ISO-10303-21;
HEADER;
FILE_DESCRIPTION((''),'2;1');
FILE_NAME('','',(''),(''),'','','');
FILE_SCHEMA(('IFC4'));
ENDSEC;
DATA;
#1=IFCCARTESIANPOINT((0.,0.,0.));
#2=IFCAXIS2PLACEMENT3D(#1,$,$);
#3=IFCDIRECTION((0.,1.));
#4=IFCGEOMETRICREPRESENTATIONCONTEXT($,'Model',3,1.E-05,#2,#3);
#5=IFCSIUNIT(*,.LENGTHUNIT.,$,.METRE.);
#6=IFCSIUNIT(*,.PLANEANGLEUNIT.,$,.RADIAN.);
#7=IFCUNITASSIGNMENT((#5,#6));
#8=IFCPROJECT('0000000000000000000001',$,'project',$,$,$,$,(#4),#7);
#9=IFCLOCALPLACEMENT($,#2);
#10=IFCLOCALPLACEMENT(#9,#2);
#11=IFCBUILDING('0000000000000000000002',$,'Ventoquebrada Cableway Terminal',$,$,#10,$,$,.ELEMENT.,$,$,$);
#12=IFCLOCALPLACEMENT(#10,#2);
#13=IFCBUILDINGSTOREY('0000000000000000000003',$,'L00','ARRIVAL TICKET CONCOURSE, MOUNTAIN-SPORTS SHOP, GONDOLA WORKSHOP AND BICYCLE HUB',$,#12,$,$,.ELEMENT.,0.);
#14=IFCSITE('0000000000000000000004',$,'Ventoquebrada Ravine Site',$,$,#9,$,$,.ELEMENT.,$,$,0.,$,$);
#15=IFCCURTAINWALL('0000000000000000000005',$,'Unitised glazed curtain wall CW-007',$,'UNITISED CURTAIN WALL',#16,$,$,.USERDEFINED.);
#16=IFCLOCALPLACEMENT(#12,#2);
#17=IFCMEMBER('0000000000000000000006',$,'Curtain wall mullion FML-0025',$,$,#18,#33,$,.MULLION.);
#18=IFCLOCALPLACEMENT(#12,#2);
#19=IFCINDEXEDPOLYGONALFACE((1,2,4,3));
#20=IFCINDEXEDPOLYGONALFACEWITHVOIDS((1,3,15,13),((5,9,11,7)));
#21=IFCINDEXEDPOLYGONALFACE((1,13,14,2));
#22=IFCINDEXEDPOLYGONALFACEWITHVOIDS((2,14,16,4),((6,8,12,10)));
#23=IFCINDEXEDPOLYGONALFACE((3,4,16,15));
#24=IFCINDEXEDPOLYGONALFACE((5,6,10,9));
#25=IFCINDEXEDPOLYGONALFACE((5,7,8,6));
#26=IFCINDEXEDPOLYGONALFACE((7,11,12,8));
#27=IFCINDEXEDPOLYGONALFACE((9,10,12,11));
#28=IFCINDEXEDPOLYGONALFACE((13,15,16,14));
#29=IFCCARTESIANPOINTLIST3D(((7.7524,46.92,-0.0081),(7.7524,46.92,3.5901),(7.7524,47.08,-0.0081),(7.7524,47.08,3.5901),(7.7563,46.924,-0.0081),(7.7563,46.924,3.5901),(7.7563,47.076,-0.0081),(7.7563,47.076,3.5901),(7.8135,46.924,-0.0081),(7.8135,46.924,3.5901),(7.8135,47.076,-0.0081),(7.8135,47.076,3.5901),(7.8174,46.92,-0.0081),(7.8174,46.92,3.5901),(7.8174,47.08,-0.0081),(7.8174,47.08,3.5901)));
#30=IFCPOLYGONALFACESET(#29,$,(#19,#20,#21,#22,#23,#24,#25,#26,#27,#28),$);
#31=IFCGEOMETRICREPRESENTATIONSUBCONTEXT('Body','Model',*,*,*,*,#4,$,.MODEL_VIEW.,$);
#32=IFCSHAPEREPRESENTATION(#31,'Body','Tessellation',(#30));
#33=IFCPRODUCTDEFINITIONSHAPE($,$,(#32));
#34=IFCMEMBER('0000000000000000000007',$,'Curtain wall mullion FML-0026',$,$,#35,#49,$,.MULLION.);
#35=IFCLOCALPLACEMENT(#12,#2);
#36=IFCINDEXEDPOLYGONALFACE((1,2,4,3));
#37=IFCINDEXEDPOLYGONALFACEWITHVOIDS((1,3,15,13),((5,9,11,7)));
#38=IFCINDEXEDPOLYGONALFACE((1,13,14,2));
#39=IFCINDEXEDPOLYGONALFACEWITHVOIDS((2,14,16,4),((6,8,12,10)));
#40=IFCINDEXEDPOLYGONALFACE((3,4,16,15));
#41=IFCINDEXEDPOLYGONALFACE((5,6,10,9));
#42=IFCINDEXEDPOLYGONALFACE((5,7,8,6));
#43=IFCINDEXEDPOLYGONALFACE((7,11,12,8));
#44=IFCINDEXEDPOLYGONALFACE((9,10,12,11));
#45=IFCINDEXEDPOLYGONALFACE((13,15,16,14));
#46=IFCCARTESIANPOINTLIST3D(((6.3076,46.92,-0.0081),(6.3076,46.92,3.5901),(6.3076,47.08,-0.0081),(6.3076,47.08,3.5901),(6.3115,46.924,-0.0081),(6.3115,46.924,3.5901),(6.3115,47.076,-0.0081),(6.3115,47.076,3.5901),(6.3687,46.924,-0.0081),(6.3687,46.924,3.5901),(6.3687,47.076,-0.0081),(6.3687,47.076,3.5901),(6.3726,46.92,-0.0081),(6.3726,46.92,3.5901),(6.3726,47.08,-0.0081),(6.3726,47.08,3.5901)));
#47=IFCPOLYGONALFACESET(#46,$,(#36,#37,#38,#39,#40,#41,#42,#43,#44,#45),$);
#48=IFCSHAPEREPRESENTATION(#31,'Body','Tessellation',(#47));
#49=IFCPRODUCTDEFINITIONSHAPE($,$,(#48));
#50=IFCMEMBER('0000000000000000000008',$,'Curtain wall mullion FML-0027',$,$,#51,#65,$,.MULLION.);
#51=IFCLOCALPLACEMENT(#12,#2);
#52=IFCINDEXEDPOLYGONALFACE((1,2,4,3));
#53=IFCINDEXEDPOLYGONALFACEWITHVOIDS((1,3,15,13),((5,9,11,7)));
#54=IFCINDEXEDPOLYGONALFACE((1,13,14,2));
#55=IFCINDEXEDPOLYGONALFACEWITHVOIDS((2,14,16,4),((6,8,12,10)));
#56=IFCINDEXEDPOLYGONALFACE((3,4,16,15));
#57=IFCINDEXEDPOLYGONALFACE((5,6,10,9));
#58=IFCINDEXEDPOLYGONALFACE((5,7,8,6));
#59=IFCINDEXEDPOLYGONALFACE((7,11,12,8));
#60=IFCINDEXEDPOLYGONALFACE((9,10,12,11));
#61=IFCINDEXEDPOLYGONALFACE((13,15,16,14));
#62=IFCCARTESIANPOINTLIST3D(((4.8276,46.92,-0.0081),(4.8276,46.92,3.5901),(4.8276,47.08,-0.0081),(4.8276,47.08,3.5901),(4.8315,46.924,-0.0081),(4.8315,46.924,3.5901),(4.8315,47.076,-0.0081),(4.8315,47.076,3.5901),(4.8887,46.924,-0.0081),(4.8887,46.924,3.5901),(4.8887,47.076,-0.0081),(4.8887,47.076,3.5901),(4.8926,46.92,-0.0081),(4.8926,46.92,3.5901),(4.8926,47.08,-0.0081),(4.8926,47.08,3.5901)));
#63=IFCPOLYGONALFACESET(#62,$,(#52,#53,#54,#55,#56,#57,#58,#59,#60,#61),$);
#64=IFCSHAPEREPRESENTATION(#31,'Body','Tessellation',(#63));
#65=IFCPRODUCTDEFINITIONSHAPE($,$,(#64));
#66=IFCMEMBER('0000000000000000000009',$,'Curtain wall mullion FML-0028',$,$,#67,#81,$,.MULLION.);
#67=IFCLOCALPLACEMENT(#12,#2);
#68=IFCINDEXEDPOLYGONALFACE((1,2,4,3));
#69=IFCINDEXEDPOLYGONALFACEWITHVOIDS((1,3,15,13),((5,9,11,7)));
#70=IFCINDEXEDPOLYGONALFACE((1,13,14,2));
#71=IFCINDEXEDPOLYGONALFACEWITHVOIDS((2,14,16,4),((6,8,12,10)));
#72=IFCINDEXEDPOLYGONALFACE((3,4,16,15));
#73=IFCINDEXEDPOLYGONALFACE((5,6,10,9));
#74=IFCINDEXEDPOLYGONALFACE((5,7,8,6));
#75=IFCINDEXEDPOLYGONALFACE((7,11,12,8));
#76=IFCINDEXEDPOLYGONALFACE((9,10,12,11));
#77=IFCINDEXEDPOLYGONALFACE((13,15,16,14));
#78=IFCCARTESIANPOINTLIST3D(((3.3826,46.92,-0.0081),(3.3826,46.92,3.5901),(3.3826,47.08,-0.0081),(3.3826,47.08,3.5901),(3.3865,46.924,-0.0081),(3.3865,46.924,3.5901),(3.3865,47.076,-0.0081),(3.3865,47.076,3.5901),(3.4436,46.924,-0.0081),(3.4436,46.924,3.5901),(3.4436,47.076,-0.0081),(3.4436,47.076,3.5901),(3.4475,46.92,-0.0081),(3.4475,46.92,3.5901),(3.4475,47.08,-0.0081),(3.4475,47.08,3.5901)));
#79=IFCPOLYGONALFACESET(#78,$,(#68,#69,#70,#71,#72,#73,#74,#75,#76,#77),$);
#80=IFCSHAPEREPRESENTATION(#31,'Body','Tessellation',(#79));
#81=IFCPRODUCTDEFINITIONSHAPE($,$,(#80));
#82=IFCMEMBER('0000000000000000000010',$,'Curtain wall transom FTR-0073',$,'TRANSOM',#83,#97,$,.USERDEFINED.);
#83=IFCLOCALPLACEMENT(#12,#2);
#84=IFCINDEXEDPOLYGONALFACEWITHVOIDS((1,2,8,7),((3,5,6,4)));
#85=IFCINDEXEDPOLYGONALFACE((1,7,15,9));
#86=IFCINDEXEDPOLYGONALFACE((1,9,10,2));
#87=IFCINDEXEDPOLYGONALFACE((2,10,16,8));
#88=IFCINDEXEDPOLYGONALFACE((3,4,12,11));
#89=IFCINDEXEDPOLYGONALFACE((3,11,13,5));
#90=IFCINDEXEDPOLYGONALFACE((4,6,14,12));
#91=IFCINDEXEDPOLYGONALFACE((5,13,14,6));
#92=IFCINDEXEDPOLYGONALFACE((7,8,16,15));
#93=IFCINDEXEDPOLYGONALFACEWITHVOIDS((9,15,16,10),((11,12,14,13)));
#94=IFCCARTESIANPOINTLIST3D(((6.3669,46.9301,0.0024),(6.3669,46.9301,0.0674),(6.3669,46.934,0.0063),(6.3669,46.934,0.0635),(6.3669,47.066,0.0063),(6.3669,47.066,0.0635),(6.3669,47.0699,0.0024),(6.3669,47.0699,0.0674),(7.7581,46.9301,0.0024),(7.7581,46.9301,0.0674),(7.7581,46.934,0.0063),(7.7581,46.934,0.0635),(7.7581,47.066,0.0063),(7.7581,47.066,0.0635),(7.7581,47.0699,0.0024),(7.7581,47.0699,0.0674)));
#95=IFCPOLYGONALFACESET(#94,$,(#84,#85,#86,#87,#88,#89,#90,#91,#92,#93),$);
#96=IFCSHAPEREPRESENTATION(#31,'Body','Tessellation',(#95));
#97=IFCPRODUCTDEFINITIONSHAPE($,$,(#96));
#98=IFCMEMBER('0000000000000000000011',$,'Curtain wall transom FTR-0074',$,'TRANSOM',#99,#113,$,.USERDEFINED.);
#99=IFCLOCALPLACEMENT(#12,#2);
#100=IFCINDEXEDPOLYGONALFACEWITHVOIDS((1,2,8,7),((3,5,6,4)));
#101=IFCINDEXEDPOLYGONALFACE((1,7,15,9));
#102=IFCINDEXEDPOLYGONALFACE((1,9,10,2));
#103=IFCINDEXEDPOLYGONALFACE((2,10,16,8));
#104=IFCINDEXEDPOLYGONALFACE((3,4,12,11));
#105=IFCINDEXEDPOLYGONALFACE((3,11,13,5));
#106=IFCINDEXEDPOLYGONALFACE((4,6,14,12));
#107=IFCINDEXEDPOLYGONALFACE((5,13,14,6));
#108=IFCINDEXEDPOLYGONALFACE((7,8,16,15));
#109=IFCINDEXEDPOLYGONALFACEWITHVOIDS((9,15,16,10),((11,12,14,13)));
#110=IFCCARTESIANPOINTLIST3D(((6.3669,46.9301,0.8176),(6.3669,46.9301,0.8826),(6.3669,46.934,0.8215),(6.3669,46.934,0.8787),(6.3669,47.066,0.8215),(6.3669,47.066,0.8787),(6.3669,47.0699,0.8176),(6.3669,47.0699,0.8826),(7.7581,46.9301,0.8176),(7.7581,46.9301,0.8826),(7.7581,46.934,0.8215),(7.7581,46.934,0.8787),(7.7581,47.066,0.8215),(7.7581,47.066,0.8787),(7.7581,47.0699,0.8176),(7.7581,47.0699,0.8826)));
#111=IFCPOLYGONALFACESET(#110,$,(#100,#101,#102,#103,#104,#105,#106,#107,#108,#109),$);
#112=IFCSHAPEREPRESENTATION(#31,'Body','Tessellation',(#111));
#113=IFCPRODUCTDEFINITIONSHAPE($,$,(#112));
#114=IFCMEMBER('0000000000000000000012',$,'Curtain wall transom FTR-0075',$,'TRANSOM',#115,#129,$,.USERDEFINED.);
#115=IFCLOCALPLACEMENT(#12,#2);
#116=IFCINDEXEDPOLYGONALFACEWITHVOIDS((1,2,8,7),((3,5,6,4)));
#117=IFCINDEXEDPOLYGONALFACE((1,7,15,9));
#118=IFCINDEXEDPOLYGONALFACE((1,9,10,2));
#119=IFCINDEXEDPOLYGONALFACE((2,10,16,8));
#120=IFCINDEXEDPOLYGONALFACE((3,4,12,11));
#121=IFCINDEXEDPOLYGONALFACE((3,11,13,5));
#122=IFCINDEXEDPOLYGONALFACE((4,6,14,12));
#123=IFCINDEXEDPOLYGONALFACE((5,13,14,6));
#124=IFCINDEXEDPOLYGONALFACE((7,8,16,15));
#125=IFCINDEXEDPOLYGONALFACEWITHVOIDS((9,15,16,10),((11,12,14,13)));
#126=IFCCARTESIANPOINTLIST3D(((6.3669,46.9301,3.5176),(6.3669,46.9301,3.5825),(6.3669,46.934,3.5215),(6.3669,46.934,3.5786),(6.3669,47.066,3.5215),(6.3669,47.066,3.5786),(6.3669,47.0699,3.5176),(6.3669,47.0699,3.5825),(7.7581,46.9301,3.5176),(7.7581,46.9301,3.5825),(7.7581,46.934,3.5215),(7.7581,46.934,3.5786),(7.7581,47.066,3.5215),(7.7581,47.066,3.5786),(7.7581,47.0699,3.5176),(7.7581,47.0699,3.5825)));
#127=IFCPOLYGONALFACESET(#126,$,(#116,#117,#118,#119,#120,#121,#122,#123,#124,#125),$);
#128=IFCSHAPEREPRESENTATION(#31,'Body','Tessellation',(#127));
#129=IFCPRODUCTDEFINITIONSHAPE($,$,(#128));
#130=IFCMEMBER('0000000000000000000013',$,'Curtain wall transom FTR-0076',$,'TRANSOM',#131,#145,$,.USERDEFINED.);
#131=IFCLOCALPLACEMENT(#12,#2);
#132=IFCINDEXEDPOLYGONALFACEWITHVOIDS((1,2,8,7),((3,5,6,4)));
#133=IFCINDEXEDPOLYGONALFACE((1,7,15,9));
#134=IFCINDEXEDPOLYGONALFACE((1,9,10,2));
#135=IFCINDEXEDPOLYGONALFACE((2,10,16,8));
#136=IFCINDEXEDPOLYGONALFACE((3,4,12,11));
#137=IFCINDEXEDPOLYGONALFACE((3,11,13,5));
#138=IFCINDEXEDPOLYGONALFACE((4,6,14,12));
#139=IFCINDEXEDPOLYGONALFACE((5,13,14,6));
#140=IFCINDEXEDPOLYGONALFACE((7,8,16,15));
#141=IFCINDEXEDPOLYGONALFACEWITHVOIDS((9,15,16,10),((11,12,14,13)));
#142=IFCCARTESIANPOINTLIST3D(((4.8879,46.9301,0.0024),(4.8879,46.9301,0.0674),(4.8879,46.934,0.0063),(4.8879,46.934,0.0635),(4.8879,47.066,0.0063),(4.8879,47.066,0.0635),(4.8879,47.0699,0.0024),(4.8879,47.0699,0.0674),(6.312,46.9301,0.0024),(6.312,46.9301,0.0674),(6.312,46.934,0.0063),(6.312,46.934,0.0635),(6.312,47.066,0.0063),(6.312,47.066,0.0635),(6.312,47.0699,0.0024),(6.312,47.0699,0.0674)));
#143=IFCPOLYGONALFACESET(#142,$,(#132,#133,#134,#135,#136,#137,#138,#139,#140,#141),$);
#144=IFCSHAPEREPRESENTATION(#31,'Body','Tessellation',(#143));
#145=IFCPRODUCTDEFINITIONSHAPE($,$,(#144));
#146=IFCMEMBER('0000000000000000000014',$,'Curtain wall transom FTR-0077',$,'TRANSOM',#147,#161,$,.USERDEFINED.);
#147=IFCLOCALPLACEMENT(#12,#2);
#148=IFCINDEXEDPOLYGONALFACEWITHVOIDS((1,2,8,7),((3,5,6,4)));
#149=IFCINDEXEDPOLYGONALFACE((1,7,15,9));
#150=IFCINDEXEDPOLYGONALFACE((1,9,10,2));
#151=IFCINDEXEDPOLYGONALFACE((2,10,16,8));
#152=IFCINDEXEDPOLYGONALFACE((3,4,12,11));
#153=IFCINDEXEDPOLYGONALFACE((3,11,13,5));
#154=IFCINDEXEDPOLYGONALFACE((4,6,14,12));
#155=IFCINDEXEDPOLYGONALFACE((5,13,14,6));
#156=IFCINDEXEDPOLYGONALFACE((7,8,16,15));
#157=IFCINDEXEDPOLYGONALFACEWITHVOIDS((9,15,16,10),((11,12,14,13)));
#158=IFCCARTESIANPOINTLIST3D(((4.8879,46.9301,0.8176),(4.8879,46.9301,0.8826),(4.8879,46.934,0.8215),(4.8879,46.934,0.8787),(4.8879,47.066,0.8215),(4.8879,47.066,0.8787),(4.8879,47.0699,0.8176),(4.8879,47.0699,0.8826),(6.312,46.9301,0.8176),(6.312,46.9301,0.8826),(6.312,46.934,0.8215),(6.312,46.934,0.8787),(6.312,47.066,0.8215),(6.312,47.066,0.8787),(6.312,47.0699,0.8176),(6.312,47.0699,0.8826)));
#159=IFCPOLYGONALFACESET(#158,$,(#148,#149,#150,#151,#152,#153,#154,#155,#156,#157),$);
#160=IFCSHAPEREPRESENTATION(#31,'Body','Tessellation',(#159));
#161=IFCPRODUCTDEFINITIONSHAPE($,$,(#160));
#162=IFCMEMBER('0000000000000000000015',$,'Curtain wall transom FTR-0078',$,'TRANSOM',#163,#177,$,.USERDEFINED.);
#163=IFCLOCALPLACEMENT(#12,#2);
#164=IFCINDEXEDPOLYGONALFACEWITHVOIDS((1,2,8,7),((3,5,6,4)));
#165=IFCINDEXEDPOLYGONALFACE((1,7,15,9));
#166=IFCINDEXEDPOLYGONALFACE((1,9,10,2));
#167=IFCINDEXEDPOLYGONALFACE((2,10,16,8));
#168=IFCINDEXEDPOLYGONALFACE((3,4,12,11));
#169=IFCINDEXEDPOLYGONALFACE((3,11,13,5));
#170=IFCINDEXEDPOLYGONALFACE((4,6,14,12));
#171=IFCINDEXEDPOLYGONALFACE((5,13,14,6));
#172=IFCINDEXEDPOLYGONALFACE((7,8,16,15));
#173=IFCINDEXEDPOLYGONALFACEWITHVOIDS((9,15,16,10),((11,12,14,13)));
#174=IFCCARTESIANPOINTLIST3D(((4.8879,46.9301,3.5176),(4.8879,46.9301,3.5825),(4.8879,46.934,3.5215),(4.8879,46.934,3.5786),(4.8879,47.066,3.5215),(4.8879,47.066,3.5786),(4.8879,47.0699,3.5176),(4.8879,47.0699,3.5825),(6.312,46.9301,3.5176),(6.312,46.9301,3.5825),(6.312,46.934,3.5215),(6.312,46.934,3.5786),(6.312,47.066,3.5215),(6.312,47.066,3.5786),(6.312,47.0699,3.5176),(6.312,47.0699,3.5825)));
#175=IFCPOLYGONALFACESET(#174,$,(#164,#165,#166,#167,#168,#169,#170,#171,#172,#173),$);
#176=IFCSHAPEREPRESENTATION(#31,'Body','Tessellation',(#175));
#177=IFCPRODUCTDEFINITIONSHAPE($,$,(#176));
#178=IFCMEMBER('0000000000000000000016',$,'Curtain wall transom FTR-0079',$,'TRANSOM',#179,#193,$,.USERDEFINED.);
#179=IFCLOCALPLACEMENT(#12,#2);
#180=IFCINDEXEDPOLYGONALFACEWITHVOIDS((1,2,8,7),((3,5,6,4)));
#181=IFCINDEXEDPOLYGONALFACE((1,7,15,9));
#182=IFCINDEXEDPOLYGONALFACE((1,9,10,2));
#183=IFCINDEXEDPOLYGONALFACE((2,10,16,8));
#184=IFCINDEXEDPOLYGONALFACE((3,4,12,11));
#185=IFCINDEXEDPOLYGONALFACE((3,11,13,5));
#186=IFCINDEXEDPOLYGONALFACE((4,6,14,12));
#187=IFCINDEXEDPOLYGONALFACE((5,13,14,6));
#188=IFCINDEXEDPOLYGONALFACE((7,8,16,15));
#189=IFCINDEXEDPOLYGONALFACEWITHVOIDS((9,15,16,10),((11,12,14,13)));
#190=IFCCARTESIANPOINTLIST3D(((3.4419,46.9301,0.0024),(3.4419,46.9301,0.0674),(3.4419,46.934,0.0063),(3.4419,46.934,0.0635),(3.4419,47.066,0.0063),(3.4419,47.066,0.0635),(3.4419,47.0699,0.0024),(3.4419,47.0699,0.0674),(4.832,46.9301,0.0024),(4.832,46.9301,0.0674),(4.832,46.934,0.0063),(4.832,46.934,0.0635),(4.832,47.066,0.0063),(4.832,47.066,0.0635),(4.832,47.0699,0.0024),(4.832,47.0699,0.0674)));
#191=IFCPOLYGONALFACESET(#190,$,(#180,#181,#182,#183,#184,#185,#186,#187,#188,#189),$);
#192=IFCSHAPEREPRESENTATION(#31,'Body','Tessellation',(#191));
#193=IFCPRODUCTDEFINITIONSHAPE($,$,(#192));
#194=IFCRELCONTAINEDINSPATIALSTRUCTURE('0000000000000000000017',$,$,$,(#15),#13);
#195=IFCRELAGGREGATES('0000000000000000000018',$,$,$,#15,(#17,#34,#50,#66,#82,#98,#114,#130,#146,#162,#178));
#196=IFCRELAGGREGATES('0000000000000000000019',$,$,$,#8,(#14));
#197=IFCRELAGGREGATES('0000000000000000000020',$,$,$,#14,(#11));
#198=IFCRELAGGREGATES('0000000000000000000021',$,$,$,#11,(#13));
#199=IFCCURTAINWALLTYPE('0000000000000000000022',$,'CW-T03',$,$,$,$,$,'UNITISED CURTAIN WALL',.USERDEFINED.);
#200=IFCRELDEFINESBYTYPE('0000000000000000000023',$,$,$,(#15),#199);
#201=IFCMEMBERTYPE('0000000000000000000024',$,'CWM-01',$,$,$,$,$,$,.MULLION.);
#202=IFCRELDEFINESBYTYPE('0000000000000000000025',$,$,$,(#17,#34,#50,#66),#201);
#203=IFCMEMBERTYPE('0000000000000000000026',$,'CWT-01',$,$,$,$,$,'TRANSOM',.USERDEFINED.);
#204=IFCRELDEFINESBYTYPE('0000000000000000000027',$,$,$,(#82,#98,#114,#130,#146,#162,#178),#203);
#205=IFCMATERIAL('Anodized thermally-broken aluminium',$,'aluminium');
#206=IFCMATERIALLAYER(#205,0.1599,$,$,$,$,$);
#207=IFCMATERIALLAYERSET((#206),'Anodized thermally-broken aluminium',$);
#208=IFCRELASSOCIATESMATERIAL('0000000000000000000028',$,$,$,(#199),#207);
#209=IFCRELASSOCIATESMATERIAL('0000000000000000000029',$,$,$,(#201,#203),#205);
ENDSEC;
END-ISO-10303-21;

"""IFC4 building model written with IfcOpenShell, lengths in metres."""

from ifc_helpers import new_model, si_unit, direction, frame, origin, origin_2d, place, context, subcontext, project, spatial, hollow_rectangle, extrude, material, layer, layer_set, material_profile, profile_set, type_object, element, aggregate, save


model = new_model("IFC4")

# Units and contexts
model_context = context("Model", 3, precision=1e-05, world=origin(), true_north=direction((0.0, 1.0)))
body_context = subcontext(model_context, "Body", "Model", "MODEL_VIEW")
ifc_project = project(units=[si_unit("LENGTHUNIT", "METRE"), si_unit("PLANEANGLEUNIT", "RADIAN")], contexts=[model_context])

# Site, building, storey
site_placement = place(None, origin())
site = spatial("IfcSite", under=ifc_project, at=site_placement, Name="Ventoquebrada Ravine Site", CompositionType="ELEMENT", RefElevation=0.0)
building_placement = place(site_placement, origin())
building = spatial("IfcBuilding", under=site, at=building_placement, Name="Ventoquebrada Cableway Terminal", CompositionType="ELEMENT")
storey_placement = place(building_placement, origin())
storey = spatial("IfcBuildingStorey", under=building, at=storey_placement, Name="L00", Description="ARRIVAL TICKET CONCOURSE, MOUNTAIN-SPORTS SHOP, GONDOLA WORKSHOP AND BICYCLE HUB", CompositionType="ELEMENT", Elevation=0.0)

# Curtain wall, members
ifc_material_1 = material(Name="Anodized thermally-broken aluminium", Category="aluminium")
ifc_layer_1 = layer(ifc_material_1, 0.1599)
ifc_layer_set_1 = layer_set([ifc_layer_1], Name="Anodized thermally-broken aluminium")
curtain_wall_type = type_object("IfcCurtainWallType", Name="CW-T03", ElementType="UNITISED CURTAIN WALL", PredefinedType="USERDEFINED", material=ifc_layer_set_1)
curtain_wall_placement = place(storey_placement, origin())
curtain_wall = element("IfcCurtainWall", 1, at=curtain_wall_placement, inside=storey, type_object=curtain_wall_type, Name="Unitised glazed curtain wall CW-007", ObjectType="UNITISED CURTAIN WALL", PredefinedType="USERDEFINED")
ifc_material_profile_1 = material_profile(ifc_material_1, hollow_rectangle(XDim=0.0649, YDim=0.1599, WallThickness=0.0039, at=origin_2d()), Name="CW-MUL-65X160")
ifc_profile_set_1 = profile_set([ifc_material_profile_1], Name="Anodized thermally-broken aluminium")
member_type_1 = type_object("IfcMemberType", Name="CWM-01", PredefinedType="MULLION", material=ifc_profile_set_1)
member_1_placement = place(storey_placement, frame((7.7849, 47.0, -0.0081), z_axis=(0.0, 0.0, 1.0), x_axis=(-1.0, 0.0, 0.0)))
member_1 = element("IfcMember", 2, at=member_1_placement, type_object=member_type_1, Name="Curtain wall mullion FML-0025", PredefinedType="MULLION", context=body_context, shape_type="SweptSolid", body=[
    extrude(hollow_rectangle(XDim=0.0649, YDim=0.1599, WallThickness=0.0039, at=origin_2d()), origin(), (0.0, 0.0, 1.0), 3.5981),
])
member_2_placement = place(storey_placement, frame((6.3401, 47.0, -0.0081), z_axis=(0.0, 0.0, 1.0), x_axis=(-1.0, 0.0, 0.0)))
member_2 = element("IfcMember", 3, at=member_2_placement, type_object=member_type_1, Name="Curtain wall mullion FML-0026", PredefinedType="MULLION", context=body_context, shape_type="SweptSolid", body=[
    extrude(hollow_rectangle(XDim=0.0649, YDim=0.1599, WallThickness=0.0039, at=origin_2d()), origin(), (0.0, 0.0, 1.0), 3.5981),
])
member_3_placement = place(storey_placement, frame((4.8601, 47.0, -0.0081), z_axis=(0.0, 0.0, 1.0), x_axis=(-1.0, 0.0, 0.0)))
member_3 = element("IfcMember", 4, at=member_3_placement, type_object=member_type_1, Name="Curtain wall mullion FML-0027", PredefinedType="MULLION", context=body_context, shape_type="SweptSolid", body=[
    extrude(hollow_rectangle(XDim=0.0649, YDim=0.1599, WallThickness=0.0039, at=origin_2d()), origin(), (0.0, 0.0, 1.0), 3.5981),
])
member_4_placement = place(storey_placement, frame((3.415, 47.0, -0.0081), z_axis=(0.0, 0.0, 1.0), x_axis=(-1.0, 0.0, 0.0)))
member_4 = element("IfcMember", 5, at=member_4_placement, type_object=member_type_1, Name="Curtain wall mullion FML-0028", PredefinedType="MULLION", context=body_context, shape_type="SweptSolid", body=[
    extrude(hollow_rectangle(XDim=0.0649, YDim=0.1599, WallThickness=0.0039, at=origin_2d()), origin(), (0.0, 0.0, 1.0), 3.5981),
])
ifc_material_profile_2 = material_profile(ifc_material_1, hollow_rectangle(XDim=0.0649, YDim=0.1399, WallThickness=0.0039, at=origin_2d()), Name="CW-TRN-65X140")
ifc_profile_set_2 = profile_set([ifc_material_profile_2], Name="Anodized thermally-broken aluminium")
member_type_2 = type_object("IfcMemberType", Name="CWT-01", ElementType="TRANSOM", PredefinedType="USERDEFINED", material=ifc_profile_set_2)
member_5_placement = place(storey_placement, frame((7.7581, 47.0, 0.0349), z_axis=(-1.0, 0.0, 0.0), x_axis=(0.0, 0.0, 1.0)))
member_5 = element("IfcMember", 6, at=member_5_placement, type_object=member_type_2, Name="Curtain wall transom FTR-0073", ObjectType="TRANSOM", PredefinedType="USERDEFINED", context=body_context, shape_type="SweptSolid", body=[
    extrude(hollow_rectangle(XDim=0.0649, YDim=0.1399, WallThickness=0.0039, at=origin_2d()), origin(), (0.0, 0.0, 1.0), 1.3911),
])
member_6_placement = place(storey_placement, frame((7.7581, 47.0, 0.8501), z_axis=(-1.0, 0.0, 0.0), x_axis=(0.0, 0.0, 1.0)))
member_6 = element("IfcMember", 7, at=member_6_placement, type_object=member_type_2, Name="Curtain wall transom FTR-0074", ObjectType="TRANSOM", PredefinedType="USERDEFINED", context=body_context, shape_type="SweptSolid", body=[
    extrude(hollow_rectangle(XDim=0.0649, YDim=0.1399, WallThickness=0.0039, at=origin_2d()), origin(), (0.0, 0.0, 1.0), 1.3911),
])
member_7_placement = place(storey_placement, frame((7.7581, 47.0, 3.55), z_axis=(-1.0, 0.0, 0.0), x_axis=(0.0, 0.0, 1.0)))
member_7 = element("IfcMember", 8, at=member_7_placement, type_object=member_type_2, Name="Curtain wall transom FTR-0075", ObjectType="TRANSOM", PredefinedType="USERDEFINED", context=body_context, shape_type="SweptSolid", body=[
    extrude(hollow_rectangle(XDim=0.0649, YDim=0.1399, WallThickness=0.0039, at=origin_2d()), origin(), (0.0, 0.0, 1.0), 1.3911),
])
member_8_placement = place(storey_placement, frame((6.312, 47.0, 0.0349), z_axis=(-1.0, 0.0, 0.0), x_axis=(0.0, 0.0, 1.0)))
member_8 = element("IfcMember", 9, at=member_8_placement, type_object=member_type_2, Name="Curtain wall transom FTR-0076", ObjectType="TRANSOM", PredefinedType="USERDEFINED", context=body_context, shape_type="SweptSolid", body=[
    extrude(hollow_rectangle(XDim=0.0649, YDim=0.1399, WallThickness=0.0039, at=origin_2d()), origin(), (0.0, 0.0, 1.0), 1.4241),
])
member_9_placement = place(storey_placement, frame((6.312, 47.0, 0.8501), z_axis=(-1.0, 0.0, 0.0), x_axis=(0.0, 0.0, 1.0)))
member_9 = element("IfcMember", 10, at=member_9_placement, type_object=member_type_2, Name="Curtain wall transom FTR-0077", ObjectType="TRANSOM", PredefinedType="USERDEFINED", context=body_context, shape_type="SweptSolid", body=[
    extrude(hollow_rectangle(XDim=0.0649, YDim=0.1399, WallThickness=0.0039, at=origin_2d()), origin(), (0.0, 0.0, 1.0), 1.4241),
])
member_10_placement = place(storey_placement, frame((6.312, 47.0, 3.55), z_axis=(-1.0, 0.0, 0.0), x_axis=(0.0, 0.0, 1.0)))
member_10 = element("IfcMember", 11, at=member_10_placement, type_object=member_type_2, Name="Curtain wall transom FTR-0078", ObjectType="TRANSOM", PredefinedType="USERDEFINED", context=body_context, shape_type="SweptSolid", body=[
    extrude(hollow_rectangle(XDim=0.0649, YDim=0.1399, WallThickness=0.0039, at=origin_2d()), origin(), (0.0, 0.0, 1.0), 1.4241),
])
member_11_placement = place(storey_placement, frame((4.832, 47.0, 0.0349), z_axis=(-1.0, 0.0, 0.0), x_axis=(0.0, 0.0, 1.0)))
member_11 = element("IfcMember", 12, at=member_11_placement, type_object=member_type_2, Name="Curtain wall transom FTR-0079", ObjectType="TRANSOM", PredefinedType="USERDEFINED", context=body_context, shape_type="SweptSolid", body=[
    extrude(hollow_rectangle(XDim=0.0649, YDim=0.1399, WallThickness=0.0039, at=origin_2d()), origin(), (0.0, 0.0, 1.0), 1.3901),
])

aggregate(curtain_wall, [member_1, member_2, member_3, member_4, member_5, member_6, member_7, member_8, member_9, member_10, member_11])

save(model, "model.ifc")
